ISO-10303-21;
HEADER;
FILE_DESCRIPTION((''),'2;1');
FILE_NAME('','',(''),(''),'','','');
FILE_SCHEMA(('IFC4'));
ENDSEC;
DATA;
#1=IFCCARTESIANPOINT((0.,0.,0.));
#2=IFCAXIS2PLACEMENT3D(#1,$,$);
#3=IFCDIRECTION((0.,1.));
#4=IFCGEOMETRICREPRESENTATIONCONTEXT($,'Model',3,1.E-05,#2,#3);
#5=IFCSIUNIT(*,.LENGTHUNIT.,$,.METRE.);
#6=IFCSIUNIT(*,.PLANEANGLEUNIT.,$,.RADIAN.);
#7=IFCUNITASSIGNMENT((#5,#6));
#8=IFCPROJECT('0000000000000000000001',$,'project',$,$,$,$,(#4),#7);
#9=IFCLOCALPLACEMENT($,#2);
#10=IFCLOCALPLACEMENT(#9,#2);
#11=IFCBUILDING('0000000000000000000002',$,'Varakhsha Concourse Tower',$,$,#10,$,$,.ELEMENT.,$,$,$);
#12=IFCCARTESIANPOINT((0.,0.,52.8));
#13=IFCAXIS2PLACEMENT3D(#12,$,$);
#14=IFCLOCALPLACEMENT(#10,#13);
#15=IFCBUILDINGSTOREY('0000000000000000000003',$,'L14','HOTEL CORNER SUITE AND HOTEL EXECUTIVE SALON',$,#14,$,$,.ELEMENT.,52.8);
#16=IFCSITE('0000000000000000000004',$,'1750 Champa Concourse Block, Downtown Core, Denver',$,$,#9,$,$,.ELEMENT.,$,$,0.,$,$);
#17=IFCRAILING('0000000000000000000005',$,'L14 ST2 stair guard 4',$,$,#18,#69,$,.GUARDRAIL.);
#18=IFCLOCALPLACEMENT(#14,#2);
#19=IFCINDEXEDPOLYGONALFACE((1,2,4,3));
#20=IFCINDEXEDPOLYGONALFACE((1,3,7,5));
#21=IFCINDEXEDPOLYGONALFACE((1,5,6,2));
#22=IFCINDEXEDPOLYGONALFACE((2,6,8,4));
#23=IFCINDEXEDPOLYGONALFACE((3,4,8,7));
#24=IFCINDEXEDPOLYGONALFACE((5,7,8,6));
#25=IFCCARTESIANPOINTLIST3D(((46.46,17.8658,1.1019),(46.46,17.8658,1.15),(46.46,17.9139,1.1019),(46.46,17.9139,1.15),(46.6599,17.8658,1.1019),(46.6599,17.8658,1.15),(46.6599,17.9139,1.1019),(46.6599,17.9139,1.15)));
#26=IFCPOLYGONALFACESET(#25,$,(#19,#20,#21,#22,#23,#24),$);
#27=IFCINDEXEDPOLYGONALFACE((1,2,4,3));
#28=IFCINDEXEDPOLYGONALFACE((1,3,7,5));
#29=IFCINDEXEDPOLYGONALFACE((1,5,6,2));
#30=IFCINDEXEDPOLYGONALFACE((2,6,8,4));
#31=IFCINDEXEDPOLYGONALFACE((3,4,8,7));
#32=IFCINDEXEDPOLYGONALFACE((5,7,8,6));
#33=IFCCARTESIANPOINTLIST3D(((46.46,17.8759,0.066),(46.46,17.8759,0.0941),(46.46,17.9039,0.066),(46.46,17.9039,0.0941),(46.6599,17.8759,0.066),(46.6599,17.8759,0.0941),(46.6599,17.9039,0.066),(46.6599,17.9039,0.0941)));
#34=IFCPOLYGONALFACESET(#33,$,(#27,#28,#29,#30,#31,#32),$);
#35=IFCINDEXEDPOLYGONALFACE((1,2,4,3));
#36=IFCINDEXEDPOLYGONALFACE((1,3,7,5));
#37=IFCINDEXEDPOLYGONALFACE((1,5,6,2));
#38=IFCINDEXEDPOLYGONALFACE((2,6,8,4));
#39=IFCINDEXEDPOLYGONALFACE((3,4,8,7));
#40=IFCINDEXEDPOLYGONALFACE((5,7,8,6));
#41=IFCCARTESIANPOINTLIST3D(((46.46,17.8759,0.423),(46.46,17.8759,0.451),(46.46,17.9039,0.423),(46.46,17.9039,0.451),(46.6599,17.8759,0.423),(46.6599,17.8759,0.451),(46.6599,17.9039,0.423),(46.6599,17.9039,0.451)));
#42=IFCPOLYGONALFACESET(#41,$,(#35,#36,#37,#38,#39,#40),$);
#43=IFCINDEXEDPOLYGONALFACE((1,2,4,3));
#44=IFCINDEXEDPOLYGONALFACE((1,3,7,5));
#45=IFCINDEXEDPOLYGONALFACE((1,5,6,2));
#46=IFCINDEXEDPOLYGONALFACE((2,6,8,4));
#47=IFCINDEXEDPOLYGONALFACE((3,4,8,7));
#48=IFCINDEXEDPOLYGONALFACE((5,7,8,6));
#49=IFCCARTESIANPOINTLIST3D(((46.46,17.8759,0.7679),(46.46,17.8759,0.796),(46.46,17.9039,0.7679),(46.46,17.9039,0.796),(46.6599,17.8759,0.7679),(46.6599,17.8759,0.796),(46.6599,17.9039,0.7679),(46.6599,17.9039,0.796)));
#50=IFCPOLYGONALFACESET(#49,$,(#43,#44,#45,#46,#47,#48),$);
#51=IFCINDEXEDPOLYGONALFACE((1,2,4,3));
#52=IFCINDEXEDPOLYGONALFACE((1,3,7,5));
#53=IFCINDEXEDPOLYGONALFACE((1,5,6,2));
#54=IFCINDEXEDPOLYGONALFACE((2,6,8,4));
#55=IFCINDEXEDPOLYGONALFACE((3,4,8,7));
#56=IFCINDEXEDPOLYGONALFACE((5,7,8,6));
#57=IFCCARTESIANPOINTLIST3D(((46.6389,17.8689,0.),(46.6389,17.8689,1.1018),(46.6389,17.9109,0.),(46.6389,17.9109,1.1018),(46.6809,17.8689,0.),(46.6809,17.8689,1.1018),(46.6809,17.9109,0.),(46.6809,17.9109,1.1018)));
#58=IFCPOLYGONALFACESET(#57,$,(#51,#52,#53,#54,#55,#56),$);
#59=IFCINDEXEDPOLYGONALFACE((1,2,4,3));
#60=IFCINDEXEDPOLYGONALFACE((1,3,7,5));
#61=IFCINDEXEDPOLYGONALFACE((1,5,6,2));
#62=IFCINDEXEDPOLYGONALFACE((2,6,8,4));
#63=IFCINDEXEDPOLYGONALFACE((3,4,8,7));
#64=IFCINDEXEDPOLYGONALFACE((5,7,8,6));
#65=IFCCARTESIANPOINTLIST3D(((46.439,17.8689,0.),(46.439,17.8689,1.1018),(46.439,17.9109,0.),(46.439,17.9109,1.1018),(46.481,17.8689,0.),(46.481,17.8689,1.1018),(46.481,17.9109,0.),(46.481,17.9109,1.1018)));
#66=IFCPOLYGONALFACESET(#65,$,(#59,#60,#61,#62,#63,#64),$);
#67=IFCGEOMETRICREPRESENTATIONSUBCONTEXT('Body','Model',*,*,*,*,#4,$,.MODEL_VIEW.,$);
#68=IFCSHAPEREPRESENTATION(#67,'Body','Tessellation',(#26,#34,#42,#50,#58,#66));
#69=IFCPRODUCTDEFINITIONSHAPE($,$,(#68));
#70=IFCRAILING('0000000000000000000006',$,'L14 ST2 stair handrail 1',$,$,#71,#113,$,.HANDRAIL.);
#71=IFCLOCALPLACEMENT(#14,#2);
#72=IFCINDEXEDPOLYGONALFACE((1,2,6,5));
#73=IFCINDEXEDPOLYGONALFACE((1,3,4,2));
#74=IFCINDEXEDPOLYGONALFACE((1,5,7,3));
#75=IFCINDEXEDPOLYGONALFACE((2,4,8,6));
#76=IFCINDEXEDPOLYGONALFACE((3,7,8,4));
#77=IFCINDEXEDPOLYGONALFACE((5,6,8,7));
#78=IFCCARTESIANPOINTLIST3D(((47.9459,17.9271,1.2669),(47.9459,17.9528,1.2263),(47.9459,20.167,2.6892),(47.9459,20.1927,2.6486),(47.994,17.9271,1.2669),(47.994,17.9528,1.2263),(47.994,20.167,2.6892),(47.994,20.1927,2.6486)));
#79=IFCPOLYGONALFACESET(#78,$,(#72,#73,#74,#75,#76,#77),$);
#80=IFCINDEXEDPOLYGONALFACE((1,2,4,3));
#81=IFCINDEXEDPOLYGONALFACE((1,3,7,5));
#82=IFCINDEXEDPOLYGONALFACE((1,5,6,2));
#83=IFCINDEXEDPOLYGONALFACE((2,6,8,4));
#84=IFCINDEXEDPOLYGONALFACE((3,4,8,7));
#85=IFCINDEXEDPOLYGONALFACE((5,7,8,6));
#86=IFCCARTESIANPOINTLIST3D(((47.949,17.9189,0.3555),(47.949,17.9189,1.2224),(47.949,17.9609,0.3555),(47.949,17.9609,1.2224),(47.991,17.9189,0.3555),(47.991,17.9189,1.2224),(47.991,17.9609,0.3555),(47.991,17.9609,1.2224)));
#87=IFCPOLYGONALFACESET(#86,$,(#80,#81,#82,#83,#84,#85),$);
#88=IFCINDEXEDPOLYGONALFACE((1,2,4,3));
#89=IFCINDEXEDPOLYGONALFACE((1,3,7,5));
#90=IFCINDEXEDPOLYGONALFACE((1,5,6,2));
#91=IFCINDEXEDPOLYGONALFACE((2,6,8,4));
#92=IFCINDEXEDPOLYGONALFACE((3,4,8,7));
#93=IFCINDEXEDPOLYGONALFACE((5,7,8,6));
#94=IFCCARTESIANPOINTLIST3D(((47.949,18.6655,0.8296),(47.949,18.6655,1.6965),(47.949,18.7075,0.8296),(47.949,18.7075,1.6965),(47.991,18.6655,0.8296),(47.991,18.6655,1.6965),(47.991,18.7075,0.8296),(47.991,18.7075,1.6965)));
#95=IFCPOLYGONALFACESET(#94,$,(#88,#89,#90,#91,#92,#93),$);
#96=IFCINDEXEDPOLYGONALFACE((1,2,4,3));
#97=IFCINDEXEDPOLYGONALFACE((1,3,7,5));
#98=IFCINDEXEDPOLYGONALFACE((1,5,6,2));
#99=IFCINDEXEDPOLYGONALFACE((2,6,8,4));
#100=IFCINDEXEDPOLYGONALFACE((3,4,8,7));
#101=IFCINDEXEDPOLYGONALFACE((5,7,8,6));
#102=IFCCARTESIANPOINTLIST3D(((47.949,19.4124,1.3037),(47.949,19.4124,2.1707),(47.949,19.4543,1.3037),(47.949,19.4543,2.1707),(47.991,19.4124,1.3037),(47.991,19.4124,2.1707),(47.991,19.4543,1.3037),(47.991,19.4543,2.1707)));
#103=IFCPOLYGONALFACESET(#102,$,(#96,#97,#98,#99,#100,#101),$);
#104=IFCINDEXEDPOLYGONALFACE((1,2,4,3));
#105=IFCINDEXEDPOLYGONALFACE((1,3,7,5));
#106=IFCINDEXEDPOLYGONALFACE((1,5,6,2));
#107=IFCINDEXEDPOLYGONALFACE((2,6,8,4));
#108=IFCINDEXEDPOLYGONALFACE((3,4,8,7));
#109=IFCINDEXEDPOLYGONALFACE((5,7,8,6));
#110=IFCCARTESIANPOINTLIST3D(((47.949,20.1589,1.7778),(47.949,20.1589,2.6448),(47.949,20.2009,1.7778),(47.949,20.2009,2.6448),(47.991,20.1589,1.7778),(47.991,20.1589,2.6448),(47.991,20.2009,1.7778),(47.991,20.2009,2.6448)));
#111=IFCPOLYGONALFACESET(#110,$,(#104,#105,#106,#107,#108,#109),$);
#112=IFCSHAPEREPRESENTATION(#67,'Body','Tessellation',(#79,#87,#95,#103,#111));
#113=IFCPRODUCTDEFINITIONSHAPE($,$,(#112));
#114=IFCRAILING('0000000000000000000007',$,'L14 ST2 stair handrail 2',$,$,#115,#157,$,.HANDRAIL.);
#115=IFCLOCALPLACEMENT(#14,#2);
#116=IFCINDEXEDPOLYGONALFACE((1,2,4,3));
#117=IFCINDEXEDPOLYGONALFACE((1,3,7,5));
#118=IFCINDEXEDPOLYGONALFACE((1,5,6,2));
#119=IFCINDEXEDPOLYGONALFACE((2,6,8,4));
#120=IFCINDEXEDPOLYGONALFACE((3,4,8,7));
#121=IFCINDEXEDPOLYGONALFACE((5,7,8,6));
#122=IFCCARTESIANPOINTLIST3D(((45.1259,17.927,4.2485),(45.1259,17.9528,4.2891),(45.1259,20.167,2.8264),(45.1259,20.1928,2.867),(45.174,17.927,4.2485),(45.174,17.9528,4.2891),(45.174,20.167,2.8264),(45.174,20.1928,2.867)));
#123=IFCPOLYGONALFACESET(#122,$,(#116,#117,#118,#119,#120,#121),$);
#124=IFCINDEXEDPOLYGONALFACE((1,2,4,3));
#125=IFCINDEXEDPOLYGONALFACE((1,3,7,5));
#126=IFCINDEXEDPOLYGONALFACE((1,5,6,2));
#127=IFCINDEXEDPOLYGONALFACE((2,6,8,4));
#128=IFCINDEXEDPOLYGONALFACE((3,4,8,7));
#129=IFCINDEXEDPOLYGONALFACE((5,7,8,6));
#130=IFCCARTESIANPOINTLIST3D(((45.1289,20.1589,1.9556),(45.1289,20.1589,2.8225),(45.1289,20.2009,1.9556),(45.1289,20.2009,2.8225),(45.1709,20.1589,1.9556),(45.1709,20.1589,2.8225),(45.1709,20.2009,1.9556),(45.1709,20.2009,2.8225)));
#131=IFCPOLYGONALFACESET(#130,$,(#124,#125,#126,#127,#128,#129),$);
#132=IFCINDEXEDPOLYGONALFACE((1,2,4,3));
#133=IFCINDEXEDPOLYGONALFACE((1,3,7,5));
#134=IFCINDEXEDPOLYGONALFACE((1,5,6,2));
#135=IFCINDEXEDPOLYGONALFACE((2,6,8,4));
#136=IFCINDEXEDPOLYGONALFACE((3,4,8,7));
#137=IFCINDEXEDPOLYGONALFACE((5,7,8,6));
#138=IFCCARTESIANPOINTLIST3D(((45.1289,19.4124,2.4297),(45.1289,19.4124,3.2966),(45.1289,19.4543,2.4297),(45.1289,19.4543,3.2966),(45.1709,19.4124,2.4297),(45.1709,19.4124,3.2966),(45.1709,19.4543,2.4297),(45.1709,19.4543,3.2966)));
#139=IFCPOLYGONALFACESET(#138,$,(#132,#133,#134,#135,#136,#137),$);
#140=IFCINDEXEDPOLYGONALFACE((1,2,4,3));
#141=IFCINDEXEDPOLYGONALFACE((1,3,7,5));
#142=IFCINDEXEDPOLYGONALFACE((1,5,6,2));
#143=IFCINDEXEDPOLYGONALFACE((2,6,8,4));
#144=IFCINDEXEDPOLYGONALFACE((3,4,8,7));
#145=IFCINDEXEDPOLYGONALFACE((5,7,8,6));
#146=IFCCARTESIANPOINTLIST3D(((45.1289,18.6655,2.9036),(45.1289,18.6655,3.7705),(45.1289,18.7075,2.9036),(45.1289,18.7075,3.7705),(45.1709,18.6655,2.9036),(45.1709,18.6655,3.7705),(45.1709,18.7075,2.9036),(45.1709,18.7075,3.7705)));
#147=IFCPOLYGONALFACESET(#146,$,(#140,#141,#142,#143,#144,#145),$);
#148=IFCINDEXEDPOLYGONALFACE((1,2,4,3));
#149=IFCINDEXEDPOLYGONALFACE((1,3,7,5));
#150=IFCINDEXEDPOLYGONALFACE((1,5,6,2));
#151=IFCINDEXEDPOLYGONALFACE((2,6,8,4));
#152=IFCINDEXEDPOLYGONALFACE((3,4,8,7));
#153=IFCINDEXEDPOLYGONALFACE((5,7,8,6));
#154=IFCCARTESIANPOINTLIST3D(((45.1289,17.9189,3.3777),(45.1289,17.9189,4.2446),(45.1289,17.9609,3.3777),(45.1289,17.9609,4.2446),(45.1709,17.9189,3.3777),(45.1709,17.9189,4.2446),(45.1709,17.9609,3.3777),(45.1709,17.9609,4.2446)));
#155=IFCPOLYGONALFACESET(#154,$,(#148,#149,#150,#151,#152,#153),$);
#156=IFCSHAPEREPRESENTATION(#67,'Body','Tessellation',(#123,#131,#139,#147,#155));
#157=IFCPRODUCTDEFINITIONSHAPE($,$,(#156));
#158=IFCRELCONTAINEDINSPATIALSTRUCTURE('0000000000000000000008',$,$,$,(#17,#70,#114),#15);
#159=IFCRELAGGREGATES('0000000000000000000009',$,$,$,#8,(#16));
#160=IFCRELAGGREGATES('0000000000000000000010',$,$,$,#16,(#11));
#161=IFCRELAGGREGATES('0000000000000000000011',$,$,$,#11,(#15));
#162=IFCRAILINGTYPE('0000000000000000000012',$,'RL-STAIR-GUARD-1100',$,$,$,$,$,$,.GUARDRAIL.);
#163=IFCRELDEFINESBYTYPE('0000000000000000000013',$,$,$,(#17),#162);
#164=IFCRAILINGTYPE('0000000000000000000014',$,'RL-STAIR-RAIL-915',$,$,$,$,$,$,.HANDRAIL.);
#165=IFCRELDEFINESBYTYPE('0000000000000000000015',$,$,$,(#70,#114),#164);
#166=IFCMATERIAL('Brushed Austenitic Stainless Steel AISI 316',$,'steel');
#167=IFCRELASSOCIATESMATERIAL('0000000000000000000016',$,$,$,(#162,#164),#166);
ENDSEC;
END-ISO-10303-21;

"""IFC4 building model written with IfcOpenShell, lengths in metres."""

from ifc_helpers import new_model, si_unit, direction, frame, origin, origin_2d, place, context, subcontext, project, spatial, rectangle, extrude, material, type_object, element, save


model = new_model("IFC4")

# Units and contexts
model_context = context("Model", 3, precision=1e-05, world=origin(), true_north=direction((0.0, 1.0)))
body_context = subcontext(model_context, "Body", "Model", "MODEL_VIEW")
ifc_project = project(units=[si_unit("LENGTHUNIT", "METRE"), si_unit("PLANEANGLEUNIT", "RADIAN")], contexts=[model_context])

# Site, building, storey
site_placement = place(None, origin())
site = spatial("IfcSite", under=ifc_project, at=site_placement, Name="1750 Champa Concourse Block, Downtown Core, Denver", CompositionType="ELEMENT", RefElevation=0.0)
building_placement = place(site_placement, origin())
building = spatial("IfcBuilding", under=site, at=building_placement, Name="Varakhsha Concourse Tower", CompositionType="ELEMENT")
storey_placement = place(building_placement, frame((0.0, 0.0, 52.8)))
storey = spatial("IfcBuildingStorey", under=building, at=storey_placement, Name="L14", Description="HOTEL CORNER SUITE AND HOTEL EXECUTIVE SALON", CompositionType="ELEMENT", Elevation=52.8)

# Railings
ifc_material_1 = material(Name="Brushed Austenitic Stainless Steel AISI 316", Category="steel")
railing_type_1 = type_object("IfcRailingType", Name="RL-STAIR-GUARD-1100", PredefinedType="GUARDRAIL", material=ifc_material_1)
railing_1_placement = place(storey_placement, frame((46.6599, 17.8899, 0.0)))
element("IfcRailing", 1, at=railing_1_placement, inside=storey, type_object=railing_type_1, Name="L14 ST2 stair guard 4", PredefinedType="GUARDRAIL", context=body_context, shape_type="SweptSolid", body=[
    extrude(rectangle(XDim=0.0481, YDim=0.0481, at=origin_2d()), frame((0.0, 0.0, 1.126), z_axis=(-1.0, 0.0, 0.0), x_axis=(0.0, -1.0, 0.0)), (0.0, 0.0, 1.0), 0.2),
    extrude(rectangle(XDim=0.0281, YDim=0.0281, at=origin_2d()), frame((0.0, 0.0, 0.0801), z_axis=(-1.0, 0.0, 0.0), x_axis=(0.0, -1.0, 0.0)), (0.0, 0.0, 1.0), 0.2),
    extrude(rectangle(XDim=0.0281, YDim=0.0281, at=origin_2d()), frame((0.0, 0.0, 0.437), z_axis=(-1.0, 0.0, 0.0), x_axis=(0.0, -1.0, 0.0)), (0.0, 0.0, 1.0), 0.2),
    extrude(rectangle(XDim=0.0281, YDim=0.0281, at=origin_2d()), frame((0.0, 0.0, 0.782), z_axis=(-1.0, 0.0, 0.0), x_axis=(0.0, -1.0, 0.0)), (0.0, 0.0, 1.0), 0.2),
    extrude(rectangle(XDim=0.042, YDim=0.042, at=origin_2d()), origin(), (0.0, 0.0, 1.0), 1.1018),
    extrude(rectangle(XDim=0.042, YDim=0.042, at=origin_2d()), frame((-0.2, 0.0, 0.0)), (0.0, 0.0, 1.0), 1.1018),
])
railing_type_2 = type_object("IfcRailingType", Name="RL-STAIR-RAIL-915", PredefinedType="HANDRAIL", material=ifc_material_1)
railing_2_placement = place(storey_placement, frame((47.97, 17.9399, 0.3555)))
element("IfcRailing", 2, at=railing_2_placement, inside=storey, type_object=railing_type_2, Name="L14 ST2 stair handrail 1", PredefinedType="HANDRAIL", context=body_context, shape_type="SweptSolid", body=[
    extrude(rectangle(XDim=0.0481, YDim=0.0481, at=origin_2d()), frame((0.0, 0.0, 0.8911), z_axis=(0.0, 0.844188, 0.536048), x_axis=(-1.0, 0.0, 0.0)), (0.0, 0.0, 1.0), 2.6533),
    extrude(rectangle(XDim=0.042, YDim=0.042, at=origin_2d()), origin(), (0.0, 0.0, 1.0), 0.8669),
    extrude(rectangle(XDim=0.042, YDim=0.042, at=origin_2d()), frame((0.0, 0.7466, 0.4741)), (0.0, 0.0, 1.0), 0.8669),
    extrude(rectangle(XDim=0.042, YDim=0.042, at=origin_2d()), frame((0.0, 1.4934, 0.9482)), (0.0, 0.0, 1.0), 0.8669),
    extrude(rectangle(XDim=0.042, YDim=0.042, at=origin_2d()), frame((0.0, 2.24, 1.4224)), (0.0, 0.0, 1.0), 0.8669),
])
railing_3_placement = place(storey_placement, frame((45.1499, 20.1799, 1.9556)))
element("IfcRailing", 3, at=railing_3_placement, inside=storey, type_object=railing_type_2, Name="L14 ST2 stair handrail 2", PredefinedType="HANDRAIL", context=body_context, shape_type="SweptSolid", body=[
    extrude(rectangle(XDim=0.0481, YDim=0.0481, at=origin_2d()), frame((0.0, 0.0, 0.8911), z_axis=(0.0, -0.844229, 0.535982), x_axis=(1.0, 0.0, 0.0)), (0.0, 0.0, 1.0), 2.6533),
    extrude(rectangle(XDim=0.042, YDim=0.042, at=origin_2d()), origin(), (0.0, 0.0, 1.0), 0.8669),
    extrude(rectangle(XDim=0.042, YDim=0.042, at=origin_2d()), frame((0.0, -0.7466, 0.4741)), (0.0, 0.0, 1.0), 0.8669),
    extrude(rectangle(XDim=0.042, YDim=0.042, at=origin_2d()), frame((0.0, -1.4934, 0.948)), (0.0, 0.0, 1.0), 0.8669),
    extrude(rectangle(XDim=0.042, YDim=0.042, at=origin_2d()), frame((0.0, -2.24, 1.4221)), (0.0, 0.0, 1.0), 0.8669),
])

save(model, "model.ifc")
